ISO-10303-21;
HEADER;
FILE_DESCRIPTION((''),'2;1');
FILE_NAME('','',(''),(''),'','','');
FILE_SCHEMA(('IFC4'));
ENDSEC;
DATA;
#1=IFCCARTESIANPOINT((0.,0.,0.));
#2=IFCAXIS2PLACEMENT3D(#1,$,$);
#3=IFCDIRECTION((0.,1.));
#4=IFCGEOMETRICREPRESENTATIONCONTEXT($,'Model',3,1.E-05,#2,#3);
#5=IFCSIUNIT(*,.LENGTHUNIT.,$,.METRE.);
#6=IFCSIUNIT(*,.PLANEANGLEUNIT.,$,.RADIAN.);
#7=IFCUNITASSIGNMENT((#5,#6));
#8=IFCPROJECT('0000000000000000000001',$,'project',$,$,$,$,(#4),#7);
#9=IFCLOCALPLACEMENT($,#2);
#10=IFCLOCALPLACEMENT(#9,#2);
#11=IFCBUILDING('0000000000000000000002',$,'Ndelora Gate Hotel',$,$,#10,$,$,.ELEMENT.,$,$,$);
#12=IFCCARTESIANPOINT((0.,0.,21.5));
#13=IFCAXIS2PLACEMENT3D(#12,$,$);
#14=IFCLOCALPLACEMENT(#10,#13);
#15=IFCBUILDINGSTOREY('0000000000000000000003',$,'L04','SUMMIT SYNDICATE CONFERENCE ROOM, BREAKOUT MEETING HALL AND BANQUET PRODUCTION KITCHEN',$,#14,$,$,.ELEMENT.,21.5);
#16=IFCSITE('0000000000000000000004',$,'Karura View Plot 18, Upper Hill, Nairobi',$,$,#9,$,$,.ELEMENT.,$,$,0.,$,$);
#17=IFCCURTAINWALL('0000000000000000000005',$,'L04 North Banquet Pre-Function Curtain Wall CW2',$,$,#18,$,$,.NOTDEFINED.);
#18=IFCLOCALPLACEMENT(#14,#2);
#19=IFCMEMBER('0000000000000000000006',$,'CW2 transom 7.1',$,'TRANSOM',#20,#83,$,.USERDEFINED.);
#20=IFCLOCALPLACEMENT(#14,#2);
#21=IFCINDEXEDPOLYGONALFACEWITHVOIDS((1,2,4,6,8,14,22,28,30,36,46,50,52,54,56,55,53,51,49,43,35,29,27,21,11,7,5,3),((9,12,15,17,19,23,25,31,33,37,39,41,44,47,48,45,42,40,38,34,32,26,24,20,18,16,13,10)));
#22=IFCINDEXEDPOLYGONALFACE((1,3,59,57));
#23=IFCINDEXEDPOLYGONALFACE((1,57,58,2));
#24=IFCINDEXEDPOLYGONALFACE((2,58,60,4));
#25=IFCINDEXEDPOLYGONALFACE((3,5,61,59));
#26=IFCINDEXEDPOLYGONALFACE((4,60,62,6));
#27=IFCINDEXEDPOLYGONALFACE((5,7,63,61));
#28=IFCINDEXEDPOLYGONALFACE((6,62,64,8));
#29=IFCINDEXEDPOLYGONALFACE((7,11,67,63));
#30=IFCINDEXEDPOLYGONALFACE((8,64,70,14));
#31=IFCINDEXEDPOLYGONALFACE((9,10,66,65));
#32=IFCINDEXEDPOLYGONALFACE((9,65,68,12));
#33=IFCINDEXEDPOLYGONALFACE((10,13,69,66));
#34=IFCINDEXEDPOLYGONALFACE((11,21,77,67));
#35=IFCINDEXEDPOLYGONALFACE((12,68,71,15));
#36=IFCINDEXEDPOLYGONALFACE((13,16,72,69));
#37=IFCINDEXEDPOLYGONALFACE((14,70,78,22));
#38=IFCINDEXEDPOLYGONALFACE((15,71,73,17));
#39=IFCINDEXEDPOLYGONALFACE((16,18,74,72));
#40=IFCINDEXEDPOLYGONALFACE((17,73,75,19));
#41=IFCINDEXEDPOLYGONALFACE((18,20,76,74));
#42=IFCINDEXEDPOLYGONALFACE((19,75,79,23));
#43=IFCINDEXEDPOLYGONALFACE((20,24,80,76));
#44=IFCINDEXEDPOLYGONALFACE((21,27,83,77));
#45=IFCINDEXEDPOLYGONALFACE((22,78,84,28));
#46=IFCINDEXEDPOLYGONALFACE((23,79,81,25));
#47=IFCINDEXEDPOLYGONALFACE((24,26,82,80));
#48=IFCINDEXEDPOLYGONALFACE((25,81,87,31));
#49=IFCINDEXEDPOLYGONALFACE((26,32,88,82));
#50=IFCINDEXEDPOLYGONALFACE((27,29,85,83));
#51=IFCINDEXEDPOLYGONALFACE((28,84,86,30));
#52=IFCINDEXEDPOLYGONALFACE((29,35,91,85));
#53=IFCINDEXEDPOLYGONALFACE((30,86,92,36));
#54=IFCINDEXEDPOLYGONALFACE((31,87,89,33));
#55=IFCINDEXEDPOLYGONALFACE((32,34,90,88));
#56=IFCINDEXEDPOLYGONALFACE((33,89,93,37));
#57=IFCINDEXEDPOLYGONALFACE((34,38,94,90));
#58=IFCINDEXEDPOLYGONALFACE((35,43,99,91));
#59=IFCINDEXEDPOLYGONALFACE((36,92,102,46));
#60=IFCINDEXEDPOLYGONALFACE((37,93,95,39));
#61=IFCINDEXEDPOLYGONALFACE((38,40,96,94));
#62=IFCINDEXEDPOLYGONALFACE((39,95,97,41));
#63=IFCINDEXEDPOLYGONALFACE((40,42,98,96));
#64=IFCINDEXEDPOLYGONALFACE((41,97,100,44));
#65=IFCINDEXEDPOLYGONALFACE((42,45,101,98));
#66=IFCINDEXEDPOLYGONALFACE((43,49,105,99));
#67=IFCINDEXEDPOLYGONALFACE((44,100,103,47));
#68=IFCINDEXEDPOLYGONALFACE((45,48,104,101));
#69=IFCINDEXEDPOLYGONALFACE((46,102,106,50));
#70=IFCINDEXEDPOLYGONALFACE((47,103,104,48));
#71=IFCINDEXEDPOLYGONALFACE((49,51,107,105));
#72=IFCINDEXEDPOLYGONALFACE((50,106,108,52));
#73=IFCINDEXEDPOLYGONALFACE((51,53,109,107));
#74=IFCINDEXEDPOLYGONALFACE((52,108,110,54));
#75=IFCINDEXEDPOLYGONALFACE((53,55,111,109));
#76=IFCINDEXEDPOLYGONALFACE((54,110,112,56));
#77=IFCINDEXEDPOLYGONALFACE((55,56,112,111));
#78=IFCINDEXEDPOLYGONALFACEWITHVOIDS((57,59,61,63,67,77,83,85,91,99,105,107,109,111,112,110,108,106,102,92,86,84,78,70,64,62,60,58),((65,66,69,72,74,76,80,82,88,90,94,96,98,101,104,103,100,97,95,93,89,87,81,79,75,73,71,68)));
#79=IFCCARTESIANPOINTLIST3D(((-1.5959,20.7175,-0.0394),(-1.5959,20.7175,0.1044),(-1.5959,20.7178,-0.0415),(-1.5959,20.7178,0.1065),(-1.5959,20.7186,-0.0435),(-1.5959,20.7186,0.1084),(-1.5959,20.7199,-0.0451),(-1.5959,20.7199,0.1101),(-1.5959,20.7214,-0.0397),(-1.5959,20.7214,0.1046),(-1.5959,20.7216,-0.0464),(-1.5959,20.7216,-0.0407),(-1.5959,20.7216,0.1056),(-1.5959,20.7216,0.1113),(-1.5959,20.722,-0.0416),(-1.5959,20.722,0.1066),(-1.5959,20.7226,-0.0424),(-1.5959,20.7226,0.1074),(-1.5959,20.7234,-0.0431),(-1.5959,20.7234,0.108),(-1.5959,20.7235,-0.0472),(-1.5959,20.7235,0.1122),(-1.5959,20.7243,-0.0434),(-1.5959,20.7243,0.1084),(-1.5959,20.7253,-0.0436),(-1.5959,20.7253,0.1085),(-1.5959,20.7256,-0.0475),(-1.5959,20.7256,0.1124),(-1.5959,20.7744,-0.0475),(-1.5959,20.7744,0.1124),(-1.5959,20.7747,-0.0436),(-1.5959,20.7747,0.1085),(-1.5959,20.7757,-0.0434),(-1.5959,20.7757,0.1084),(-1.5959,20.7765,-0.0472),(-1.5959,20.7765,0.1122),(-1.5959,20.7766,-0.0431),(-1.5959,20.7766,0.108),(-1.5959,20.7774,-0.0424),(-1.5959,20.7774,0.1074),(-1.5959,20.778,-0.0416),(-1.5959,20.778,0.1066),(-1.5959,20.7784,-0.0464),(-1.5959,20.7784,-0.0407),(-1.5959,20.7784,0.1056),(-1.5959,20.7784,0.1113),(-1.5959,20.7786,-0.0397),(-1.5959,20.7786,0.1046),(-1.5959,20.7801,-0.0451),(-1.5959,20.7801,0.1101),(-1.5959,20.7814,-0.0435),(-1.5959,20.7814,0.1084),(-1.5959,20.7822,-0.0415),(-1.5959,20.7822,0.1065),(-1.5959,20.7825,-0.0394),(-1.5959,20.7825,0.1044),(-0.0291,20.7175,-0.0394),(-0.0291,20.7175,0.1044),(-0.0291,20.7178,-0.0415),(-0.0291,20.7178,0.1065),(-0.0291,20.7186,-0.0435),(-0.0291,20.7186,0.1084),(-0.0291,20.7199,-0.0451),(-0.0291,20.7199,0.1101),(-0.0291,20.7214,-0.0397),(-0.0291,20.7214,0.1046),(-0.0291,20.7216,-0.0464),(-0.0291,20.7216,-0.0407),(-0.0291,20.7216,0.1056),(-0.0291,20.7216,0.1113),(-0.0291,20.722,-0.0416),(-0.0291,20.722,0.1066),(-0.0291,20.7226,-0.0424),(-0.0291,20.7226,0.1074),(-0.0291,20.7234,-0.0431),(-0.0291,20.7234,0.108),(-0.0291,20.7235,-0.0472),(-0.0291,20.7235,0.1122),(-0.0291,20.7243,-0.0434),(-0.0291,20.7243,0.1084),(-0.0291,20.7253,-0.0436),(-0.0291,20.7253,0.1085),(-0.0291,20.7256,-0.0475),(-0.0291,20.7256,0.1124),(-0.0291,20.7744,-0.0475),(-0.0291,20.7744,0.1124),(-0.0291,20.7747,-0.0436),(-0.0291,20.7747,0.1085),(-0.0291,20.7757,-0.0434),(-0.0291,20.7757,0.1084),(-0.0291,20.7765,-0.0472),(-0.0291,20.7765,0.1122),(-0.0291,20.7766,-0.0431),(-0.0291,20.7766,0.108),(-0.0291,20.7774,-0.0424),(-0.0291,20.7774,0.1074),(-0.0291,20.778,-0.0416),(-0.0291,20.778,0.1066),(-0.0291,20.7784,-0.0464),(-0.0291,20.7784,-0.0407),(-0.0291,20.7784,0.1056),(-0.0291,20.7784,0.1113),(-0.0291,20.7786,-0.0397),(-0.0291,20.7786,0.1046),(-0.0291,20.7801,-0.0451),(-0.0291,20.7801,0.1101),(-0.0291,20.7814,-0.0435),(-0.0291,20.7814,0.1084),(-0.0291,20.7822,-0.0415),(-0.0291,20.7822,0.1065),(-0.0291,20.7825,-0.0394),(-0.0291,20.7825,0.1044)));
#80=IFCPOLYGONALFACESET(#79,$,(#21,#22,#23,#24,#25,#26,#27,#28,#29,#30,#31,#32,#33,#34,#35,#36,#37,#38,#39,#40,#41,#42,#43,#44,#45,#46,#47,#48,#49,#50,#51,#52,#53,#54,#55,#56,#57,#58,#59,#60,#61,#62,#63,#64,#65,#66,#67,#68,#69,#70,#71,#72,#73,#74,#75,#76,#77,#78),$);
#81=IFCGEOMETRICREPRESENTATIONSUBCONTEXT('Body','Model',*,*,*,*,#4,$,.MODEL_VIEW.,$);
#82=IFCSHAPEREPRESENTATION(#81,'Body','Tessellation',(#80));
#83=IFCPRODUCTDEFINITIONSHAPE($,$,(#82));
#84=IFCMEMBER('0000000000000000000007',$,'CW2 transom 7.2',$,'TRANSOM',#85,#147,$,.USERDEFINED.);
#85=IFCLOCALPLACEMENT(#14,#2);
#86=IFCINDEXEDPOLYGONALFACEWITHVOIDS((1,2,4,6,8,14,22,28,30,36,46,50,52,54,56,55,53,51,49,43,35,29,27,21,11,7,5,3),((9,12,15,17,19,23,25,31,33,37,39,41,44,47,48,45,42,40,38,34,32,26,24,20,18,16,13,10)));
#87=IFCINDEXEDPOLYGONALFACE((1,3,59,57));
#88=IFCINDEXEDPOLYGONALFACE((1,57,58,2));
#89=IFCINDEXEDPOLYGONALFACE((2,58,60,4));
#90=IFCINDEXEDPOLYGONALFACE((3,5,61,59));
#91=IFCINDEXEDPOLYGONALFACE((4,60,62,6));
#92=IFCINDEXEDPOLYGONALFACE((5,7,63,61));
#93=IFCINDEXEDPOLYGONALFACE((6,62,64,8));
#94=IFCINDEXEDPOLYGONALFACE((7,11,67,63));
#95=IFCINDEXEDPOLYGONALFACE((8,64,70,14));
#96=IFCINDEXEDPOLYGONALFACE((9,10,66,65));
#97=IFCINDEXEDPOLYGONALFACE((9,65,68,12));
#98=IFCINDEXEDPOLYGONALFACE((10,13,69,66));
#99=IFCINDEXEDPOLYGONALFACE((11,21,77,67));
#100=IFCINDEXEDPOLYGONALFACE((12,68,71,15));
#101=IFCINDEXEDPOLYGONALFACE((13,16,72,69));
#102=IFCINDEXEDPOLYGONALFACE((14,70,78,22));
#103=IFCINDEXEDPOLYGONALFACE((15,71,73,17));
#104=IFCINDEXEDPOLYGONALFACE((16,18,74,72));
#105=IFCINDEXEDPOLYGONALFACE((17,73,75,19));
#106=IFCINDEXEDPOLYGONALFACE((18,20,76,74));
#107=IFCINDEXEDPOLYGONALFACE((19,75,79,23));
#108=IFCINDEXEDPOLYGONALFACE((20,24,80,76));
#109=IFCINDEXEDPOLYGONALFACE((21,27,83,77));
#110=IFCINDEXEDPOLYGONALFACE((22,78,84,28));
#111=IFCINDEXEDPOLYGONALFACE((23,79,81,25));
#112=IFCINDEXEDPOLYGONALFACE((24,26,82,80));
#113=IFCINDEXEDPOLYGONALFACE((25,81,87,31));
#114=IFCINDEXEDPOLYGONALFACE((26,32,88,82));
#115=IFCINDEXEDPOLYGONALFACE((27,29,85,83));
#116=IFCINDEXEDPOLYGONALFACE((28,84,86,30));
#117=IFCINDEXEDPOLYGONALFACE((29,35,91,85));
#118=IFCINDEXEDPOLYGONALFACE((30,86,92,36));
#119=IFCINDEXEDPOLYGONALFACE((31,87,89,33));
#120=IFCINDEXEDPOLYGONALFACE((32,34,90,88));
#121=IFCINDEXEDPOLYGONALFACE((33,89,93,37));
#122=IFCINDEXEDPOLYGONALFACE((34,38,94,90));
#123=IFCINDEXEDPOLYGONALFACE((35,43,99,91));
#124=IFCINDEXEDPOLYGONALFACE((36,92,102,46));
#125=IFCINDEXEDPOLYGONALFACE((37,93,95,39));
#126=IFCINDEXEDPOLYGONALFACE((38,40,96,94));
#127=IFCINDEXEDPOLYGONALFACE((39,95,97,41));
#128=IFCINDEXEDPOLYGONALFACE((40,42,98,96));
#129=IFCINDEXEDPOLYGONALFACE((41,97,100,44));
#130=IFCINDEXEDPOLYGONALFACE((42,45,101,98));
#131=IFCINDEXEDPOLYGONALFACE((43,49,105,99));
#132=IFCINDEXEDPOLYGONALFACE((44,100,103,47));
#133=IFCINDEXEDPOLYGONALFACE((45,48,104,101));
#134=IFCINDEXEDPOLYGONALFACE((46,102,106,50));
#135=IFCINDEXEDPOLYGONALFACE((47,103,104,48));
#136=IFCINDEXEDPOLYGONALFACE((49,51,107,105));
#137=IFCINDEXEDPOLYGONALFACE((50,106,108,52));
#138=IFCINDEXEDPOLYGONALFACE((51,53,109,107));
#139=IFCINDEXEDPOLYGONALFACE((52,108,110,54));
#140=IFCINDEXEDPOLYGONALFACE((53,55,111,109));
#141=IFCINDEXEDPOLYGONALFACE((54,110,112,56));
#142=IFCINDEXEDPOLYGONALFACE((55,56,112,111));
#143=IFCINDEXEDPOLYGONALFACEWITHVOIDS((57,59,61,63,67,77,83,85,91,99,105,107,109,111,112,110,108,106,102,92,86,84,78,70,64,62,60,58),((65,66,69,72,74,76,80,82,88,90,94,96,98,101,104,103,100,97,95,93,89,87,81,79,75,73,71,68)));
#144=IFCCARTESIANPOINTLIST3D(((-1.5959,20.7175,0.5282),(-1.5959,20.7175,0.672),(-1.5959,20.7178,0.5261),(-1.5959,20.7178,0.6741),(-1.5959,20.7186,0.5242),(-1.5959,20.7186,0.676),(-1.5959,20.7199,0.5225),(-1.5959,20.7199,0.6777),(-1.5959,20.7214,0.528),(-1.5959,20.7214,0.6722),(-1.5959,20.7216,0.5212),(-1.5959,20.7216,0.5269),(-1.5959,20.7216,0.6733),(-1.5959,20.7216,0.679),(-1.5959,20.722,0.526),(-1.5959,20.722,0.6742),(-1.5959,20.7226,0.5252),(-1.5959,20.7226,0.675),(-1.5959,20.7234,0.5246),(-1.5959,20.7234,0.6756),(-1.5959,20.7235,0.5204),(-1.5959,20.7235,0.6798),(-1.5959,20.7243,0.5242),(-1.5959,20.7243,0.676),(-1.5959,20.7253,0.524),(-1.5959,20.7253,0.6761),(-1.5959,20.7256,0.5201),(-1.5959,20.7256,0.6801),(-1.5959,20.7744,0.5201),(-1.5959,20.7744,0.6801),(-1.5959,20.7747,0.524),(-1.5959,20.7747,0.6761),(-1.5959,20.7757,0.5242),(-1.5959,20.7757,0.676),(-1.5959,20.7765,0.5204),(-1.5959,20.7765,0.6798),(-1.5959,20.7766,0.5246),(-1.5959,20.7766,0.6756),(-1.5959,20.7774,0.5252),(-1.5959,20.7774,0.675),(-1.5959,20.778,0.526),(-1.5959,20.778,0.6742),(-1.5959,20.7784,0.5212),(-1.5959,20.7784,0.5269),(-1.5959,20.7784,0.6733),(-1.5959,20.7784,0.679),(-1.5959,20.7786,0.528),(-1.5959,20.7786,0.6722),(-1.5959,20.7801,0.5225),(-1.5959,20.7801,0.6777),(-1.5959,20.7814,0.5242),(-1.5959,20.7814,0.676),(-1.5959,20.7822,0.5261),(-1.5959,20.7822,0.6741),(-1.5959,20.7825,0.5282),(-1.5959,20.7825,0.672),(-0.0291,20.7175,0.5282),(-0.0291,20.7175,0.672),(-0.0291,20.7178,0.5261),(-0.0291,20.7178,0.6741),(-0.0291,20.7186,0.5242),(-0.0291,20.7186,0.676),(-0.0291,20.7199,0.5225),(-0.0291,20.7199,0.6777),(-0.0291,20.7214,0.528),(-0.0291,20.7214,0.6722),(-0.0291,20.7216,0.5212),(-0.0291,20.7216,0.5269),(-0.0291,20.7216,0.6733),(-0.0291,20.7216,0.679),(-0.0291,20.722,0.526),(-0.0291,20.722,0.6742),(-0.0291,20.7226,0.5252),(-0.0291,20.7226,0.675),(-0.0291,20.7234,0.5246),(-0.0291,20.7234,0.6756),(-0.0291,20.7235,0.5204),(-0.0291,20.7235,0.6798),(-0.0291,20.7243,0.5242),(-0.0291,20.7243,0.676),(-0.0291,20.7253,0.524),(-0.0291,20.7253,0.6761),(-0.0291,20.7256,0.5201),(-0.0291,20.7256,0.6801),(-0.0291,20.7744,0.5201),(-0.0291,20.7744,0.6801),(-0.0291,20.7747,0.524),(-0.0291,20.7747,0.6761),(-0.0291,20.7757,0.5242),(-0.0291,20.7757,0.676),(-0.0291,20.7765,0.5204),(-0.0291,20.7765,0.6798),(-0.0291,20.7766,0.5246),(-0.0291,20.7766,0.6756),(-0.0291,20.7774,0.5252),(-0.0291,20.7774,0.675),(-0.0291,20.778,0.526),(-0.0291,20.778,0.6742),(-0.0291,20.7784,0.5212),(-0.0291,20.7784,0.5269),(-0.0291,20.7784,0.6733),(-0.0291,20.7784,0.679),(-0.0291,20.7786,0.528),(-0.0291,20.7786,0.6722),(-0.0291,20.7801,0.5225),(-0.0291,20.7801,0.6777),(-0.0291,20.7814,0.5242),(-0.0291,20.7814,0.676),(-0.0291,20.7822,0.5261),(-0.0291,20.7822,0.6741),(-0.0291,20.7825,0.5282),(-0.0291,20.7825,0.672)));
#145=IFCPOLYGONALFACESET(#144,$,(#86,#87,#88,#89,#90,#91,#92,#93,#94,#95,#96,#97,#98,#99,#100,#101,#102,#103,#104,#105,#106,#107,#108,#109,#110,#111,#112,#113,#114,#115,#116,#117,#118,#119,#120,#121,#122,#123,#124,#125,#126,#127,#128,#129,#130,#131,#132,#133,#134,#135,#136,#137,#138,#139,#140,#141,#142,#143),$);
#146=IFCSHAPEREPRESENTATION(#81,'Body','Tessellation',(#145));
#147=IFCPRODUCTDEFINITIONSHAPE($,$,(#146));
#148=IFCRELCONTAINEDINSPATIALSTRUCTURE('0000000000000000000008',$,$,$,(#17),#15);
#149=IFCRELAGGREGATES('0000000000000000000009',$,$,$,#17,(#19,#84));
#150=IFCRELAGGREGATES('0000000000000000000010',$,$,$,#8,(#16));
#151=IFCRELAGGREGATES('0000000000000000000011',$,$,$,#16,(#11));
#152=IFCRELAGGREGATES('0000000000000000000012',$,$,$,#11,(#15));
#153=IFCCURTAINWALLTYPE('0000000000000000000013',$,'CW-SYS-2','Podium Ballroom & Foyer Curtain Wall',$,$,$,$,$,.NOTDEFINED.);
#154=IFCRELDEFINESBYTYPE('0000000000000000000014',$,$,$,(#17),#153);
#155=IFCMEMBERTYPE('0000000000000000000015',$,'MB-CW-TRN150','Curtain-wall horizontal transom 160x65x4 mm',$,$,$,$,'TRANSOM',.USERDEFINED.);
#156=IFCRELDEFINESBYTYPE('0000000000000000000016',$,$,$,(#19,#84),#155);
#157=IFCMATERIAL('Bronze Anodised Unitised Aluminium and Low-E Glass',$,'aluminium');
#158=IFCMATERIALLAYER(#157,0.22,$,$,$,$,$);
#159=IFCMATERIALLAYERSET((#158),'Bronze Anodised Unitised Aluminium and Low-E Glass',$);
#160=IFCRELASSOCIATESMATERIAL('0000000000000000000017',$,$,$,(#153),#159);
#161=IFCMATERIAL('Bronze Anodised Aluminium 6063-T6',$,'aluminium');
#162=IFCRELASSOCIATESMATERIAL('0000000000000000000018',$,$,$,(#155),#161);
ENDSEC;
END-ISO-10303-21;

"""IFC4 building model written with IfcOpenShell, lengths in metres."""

from ifc_helpers import new_model, si_unit, direction, frame, origin, origin_2d, place, context, subcontext, project, spatial, hollow_rectangle, extrude, material, layer, layer_set, material_profile, profile_set, type_object, element, aggregate, save


model = new_model("IFC4")

# Units and contexts
model_context = context("Model", 3, precision=1e-05, world=origin(), true_north=direction((0.0, 1.0)))
body_context = subcontext(model_context, "Body", "Model", "MODEL_VIEW")
ifc_project = project(units=[si_unit("LENGTHUNIT", "METRE"), si_unit("PLANEANGLEUNIT", "RADIAN")], contexts=[model_context])

# Site, building, storey
site_placement = place(None, origin())
site = spatial("IfcSite", under=ifc_project, at=site_placement, Name="Karura View Plot 18, Upper Hill, Nairobi", CompositionType="ELEMENT", RefElevation=0.0)
building_placement = place(site_placement, origin())
building = spatial("IfcBuilding", under=site, at=building_placement, Name="Ndelora Gate Hotel", CompositionType="ELEMENT")
storey_placement = place(building_placement, frame((0.0, 0.0, 21.5)))
storey = spatial("IfcBuildingStorey", under=building, at=storey_placement, Name="L04", Description="SUMMIT SYNDICATE CONFERENCE ROOM, BREAKOUT MEETING HALL AND BANQUET PRODUCTION KITCHEN", CompositionType="ELEMENT", Elevation=21.5)

# Curtain wall, members
ifc_material_1 = material(Name="Bronze Anodised Unitised Aluminium and Low-E Glass", Category="aluminium")
ifc_layer_1 = layer(ifc_material_1, 0.22)
ifc_layer_set_1 = layer_set([ifc_layer_1], Name="Bronze Anodised Unitised Aluminium and Low-E Glass")
curtain_wall_type = type_object("IfcCurtainWallType", Name="CW-SYS-2", Description="Podium Ballroom & Foyer Curtain Wall", PredefinedType="NOTDEFINED", material=ifc_layer_set_1)
curtain_wall_placement = place(storey_placement, origin())
curtain_wall = element("IfcCurtainWall", 1, at=curtain_wall_placement, inside=storey, type_object=curtain_wall_type, Name="L04 North Banquet Pre-Function Curtain Wall CW2", PredefinedType="NOTDEFINED")
ifc_material_2 = material(Name="Bronze Anodised Aluminium 6063-T6", Category="aluminium")
ifc_material_profile_1 = material_profile(ifc_material_2, hollow_rectangle(XDim=0.0649, YDim=0.1599, WallThickness=0.0039, InnerFilletRadius=0.0039, OuterFilletRadius=0.0081, at=origin_2d()), Name="ALU 160x65x4")
ifc_profile_set_1 = profile_set([ifc_material_profile_1], Name="Bronze Anodised Aluminium 6063-T6")
member_type_1 = type_object("IfcMemberType", Name="MB-CW-TRN150", Description="Curtain-wall horizontal transom 160x65x4 mm", ElementType="TRANSOM", PredefinedType="USERDEFINED", material=ifc_profile_set_1)
member_1_placement = place(storey_placement, frame((-0.0291, 20.75, 0.0325), z_axis=(-1.0, 0.0, 0.0), x_axis=(0.0, -1.0, 0.0)))
member_1 = element("IfcMember", 2, at=member_1_placement, type_object=member_type_1, Name="CW2 transom 7.1", ObjectType="TRANSOM", PredefinedType="USERDEFINED", context=body_context, shape_type="SweptSolid", body=[
    extrude(hollow_rectangle(XDim=0.0649, YDim=0.1599, WallThickness=0.0039, InnerFilletRadius=0.0039, OuterFilletRadius=0.0081, at=origin_2d()), origin(), (0.0, 0.0, 1.0), 1.5669),
])
member_2_placement = place(storey_placement, frame((-0.0291, 20.75, 0.6001), z_axis=(-1.0, 0.0, 0.0), x_axis=(0.0, -1.0, 0.0)))
member_2 = element("IfcMember", 3, at=member_2_placement, type_object=member_type_1, Name="CW2 transom 7.2", ObjectType="TRANSOM", PredefinedType="USERDEFINED", context=body_context, shape_type="SweptSolid", body=[
    extrude(hollow_rectangle(XDim=0.0649, YDim=0.1599, WallThickness=0.0039, InnerFilletRadius=0.0039, OuterFilletRadius=0.0081, at=origin_2d()), origin(), (0.0, 0.0, 1.0), 1.5669),
])
aggregate(curtain_wall, [member_1, member_2])

save(model, "model.ifc")
